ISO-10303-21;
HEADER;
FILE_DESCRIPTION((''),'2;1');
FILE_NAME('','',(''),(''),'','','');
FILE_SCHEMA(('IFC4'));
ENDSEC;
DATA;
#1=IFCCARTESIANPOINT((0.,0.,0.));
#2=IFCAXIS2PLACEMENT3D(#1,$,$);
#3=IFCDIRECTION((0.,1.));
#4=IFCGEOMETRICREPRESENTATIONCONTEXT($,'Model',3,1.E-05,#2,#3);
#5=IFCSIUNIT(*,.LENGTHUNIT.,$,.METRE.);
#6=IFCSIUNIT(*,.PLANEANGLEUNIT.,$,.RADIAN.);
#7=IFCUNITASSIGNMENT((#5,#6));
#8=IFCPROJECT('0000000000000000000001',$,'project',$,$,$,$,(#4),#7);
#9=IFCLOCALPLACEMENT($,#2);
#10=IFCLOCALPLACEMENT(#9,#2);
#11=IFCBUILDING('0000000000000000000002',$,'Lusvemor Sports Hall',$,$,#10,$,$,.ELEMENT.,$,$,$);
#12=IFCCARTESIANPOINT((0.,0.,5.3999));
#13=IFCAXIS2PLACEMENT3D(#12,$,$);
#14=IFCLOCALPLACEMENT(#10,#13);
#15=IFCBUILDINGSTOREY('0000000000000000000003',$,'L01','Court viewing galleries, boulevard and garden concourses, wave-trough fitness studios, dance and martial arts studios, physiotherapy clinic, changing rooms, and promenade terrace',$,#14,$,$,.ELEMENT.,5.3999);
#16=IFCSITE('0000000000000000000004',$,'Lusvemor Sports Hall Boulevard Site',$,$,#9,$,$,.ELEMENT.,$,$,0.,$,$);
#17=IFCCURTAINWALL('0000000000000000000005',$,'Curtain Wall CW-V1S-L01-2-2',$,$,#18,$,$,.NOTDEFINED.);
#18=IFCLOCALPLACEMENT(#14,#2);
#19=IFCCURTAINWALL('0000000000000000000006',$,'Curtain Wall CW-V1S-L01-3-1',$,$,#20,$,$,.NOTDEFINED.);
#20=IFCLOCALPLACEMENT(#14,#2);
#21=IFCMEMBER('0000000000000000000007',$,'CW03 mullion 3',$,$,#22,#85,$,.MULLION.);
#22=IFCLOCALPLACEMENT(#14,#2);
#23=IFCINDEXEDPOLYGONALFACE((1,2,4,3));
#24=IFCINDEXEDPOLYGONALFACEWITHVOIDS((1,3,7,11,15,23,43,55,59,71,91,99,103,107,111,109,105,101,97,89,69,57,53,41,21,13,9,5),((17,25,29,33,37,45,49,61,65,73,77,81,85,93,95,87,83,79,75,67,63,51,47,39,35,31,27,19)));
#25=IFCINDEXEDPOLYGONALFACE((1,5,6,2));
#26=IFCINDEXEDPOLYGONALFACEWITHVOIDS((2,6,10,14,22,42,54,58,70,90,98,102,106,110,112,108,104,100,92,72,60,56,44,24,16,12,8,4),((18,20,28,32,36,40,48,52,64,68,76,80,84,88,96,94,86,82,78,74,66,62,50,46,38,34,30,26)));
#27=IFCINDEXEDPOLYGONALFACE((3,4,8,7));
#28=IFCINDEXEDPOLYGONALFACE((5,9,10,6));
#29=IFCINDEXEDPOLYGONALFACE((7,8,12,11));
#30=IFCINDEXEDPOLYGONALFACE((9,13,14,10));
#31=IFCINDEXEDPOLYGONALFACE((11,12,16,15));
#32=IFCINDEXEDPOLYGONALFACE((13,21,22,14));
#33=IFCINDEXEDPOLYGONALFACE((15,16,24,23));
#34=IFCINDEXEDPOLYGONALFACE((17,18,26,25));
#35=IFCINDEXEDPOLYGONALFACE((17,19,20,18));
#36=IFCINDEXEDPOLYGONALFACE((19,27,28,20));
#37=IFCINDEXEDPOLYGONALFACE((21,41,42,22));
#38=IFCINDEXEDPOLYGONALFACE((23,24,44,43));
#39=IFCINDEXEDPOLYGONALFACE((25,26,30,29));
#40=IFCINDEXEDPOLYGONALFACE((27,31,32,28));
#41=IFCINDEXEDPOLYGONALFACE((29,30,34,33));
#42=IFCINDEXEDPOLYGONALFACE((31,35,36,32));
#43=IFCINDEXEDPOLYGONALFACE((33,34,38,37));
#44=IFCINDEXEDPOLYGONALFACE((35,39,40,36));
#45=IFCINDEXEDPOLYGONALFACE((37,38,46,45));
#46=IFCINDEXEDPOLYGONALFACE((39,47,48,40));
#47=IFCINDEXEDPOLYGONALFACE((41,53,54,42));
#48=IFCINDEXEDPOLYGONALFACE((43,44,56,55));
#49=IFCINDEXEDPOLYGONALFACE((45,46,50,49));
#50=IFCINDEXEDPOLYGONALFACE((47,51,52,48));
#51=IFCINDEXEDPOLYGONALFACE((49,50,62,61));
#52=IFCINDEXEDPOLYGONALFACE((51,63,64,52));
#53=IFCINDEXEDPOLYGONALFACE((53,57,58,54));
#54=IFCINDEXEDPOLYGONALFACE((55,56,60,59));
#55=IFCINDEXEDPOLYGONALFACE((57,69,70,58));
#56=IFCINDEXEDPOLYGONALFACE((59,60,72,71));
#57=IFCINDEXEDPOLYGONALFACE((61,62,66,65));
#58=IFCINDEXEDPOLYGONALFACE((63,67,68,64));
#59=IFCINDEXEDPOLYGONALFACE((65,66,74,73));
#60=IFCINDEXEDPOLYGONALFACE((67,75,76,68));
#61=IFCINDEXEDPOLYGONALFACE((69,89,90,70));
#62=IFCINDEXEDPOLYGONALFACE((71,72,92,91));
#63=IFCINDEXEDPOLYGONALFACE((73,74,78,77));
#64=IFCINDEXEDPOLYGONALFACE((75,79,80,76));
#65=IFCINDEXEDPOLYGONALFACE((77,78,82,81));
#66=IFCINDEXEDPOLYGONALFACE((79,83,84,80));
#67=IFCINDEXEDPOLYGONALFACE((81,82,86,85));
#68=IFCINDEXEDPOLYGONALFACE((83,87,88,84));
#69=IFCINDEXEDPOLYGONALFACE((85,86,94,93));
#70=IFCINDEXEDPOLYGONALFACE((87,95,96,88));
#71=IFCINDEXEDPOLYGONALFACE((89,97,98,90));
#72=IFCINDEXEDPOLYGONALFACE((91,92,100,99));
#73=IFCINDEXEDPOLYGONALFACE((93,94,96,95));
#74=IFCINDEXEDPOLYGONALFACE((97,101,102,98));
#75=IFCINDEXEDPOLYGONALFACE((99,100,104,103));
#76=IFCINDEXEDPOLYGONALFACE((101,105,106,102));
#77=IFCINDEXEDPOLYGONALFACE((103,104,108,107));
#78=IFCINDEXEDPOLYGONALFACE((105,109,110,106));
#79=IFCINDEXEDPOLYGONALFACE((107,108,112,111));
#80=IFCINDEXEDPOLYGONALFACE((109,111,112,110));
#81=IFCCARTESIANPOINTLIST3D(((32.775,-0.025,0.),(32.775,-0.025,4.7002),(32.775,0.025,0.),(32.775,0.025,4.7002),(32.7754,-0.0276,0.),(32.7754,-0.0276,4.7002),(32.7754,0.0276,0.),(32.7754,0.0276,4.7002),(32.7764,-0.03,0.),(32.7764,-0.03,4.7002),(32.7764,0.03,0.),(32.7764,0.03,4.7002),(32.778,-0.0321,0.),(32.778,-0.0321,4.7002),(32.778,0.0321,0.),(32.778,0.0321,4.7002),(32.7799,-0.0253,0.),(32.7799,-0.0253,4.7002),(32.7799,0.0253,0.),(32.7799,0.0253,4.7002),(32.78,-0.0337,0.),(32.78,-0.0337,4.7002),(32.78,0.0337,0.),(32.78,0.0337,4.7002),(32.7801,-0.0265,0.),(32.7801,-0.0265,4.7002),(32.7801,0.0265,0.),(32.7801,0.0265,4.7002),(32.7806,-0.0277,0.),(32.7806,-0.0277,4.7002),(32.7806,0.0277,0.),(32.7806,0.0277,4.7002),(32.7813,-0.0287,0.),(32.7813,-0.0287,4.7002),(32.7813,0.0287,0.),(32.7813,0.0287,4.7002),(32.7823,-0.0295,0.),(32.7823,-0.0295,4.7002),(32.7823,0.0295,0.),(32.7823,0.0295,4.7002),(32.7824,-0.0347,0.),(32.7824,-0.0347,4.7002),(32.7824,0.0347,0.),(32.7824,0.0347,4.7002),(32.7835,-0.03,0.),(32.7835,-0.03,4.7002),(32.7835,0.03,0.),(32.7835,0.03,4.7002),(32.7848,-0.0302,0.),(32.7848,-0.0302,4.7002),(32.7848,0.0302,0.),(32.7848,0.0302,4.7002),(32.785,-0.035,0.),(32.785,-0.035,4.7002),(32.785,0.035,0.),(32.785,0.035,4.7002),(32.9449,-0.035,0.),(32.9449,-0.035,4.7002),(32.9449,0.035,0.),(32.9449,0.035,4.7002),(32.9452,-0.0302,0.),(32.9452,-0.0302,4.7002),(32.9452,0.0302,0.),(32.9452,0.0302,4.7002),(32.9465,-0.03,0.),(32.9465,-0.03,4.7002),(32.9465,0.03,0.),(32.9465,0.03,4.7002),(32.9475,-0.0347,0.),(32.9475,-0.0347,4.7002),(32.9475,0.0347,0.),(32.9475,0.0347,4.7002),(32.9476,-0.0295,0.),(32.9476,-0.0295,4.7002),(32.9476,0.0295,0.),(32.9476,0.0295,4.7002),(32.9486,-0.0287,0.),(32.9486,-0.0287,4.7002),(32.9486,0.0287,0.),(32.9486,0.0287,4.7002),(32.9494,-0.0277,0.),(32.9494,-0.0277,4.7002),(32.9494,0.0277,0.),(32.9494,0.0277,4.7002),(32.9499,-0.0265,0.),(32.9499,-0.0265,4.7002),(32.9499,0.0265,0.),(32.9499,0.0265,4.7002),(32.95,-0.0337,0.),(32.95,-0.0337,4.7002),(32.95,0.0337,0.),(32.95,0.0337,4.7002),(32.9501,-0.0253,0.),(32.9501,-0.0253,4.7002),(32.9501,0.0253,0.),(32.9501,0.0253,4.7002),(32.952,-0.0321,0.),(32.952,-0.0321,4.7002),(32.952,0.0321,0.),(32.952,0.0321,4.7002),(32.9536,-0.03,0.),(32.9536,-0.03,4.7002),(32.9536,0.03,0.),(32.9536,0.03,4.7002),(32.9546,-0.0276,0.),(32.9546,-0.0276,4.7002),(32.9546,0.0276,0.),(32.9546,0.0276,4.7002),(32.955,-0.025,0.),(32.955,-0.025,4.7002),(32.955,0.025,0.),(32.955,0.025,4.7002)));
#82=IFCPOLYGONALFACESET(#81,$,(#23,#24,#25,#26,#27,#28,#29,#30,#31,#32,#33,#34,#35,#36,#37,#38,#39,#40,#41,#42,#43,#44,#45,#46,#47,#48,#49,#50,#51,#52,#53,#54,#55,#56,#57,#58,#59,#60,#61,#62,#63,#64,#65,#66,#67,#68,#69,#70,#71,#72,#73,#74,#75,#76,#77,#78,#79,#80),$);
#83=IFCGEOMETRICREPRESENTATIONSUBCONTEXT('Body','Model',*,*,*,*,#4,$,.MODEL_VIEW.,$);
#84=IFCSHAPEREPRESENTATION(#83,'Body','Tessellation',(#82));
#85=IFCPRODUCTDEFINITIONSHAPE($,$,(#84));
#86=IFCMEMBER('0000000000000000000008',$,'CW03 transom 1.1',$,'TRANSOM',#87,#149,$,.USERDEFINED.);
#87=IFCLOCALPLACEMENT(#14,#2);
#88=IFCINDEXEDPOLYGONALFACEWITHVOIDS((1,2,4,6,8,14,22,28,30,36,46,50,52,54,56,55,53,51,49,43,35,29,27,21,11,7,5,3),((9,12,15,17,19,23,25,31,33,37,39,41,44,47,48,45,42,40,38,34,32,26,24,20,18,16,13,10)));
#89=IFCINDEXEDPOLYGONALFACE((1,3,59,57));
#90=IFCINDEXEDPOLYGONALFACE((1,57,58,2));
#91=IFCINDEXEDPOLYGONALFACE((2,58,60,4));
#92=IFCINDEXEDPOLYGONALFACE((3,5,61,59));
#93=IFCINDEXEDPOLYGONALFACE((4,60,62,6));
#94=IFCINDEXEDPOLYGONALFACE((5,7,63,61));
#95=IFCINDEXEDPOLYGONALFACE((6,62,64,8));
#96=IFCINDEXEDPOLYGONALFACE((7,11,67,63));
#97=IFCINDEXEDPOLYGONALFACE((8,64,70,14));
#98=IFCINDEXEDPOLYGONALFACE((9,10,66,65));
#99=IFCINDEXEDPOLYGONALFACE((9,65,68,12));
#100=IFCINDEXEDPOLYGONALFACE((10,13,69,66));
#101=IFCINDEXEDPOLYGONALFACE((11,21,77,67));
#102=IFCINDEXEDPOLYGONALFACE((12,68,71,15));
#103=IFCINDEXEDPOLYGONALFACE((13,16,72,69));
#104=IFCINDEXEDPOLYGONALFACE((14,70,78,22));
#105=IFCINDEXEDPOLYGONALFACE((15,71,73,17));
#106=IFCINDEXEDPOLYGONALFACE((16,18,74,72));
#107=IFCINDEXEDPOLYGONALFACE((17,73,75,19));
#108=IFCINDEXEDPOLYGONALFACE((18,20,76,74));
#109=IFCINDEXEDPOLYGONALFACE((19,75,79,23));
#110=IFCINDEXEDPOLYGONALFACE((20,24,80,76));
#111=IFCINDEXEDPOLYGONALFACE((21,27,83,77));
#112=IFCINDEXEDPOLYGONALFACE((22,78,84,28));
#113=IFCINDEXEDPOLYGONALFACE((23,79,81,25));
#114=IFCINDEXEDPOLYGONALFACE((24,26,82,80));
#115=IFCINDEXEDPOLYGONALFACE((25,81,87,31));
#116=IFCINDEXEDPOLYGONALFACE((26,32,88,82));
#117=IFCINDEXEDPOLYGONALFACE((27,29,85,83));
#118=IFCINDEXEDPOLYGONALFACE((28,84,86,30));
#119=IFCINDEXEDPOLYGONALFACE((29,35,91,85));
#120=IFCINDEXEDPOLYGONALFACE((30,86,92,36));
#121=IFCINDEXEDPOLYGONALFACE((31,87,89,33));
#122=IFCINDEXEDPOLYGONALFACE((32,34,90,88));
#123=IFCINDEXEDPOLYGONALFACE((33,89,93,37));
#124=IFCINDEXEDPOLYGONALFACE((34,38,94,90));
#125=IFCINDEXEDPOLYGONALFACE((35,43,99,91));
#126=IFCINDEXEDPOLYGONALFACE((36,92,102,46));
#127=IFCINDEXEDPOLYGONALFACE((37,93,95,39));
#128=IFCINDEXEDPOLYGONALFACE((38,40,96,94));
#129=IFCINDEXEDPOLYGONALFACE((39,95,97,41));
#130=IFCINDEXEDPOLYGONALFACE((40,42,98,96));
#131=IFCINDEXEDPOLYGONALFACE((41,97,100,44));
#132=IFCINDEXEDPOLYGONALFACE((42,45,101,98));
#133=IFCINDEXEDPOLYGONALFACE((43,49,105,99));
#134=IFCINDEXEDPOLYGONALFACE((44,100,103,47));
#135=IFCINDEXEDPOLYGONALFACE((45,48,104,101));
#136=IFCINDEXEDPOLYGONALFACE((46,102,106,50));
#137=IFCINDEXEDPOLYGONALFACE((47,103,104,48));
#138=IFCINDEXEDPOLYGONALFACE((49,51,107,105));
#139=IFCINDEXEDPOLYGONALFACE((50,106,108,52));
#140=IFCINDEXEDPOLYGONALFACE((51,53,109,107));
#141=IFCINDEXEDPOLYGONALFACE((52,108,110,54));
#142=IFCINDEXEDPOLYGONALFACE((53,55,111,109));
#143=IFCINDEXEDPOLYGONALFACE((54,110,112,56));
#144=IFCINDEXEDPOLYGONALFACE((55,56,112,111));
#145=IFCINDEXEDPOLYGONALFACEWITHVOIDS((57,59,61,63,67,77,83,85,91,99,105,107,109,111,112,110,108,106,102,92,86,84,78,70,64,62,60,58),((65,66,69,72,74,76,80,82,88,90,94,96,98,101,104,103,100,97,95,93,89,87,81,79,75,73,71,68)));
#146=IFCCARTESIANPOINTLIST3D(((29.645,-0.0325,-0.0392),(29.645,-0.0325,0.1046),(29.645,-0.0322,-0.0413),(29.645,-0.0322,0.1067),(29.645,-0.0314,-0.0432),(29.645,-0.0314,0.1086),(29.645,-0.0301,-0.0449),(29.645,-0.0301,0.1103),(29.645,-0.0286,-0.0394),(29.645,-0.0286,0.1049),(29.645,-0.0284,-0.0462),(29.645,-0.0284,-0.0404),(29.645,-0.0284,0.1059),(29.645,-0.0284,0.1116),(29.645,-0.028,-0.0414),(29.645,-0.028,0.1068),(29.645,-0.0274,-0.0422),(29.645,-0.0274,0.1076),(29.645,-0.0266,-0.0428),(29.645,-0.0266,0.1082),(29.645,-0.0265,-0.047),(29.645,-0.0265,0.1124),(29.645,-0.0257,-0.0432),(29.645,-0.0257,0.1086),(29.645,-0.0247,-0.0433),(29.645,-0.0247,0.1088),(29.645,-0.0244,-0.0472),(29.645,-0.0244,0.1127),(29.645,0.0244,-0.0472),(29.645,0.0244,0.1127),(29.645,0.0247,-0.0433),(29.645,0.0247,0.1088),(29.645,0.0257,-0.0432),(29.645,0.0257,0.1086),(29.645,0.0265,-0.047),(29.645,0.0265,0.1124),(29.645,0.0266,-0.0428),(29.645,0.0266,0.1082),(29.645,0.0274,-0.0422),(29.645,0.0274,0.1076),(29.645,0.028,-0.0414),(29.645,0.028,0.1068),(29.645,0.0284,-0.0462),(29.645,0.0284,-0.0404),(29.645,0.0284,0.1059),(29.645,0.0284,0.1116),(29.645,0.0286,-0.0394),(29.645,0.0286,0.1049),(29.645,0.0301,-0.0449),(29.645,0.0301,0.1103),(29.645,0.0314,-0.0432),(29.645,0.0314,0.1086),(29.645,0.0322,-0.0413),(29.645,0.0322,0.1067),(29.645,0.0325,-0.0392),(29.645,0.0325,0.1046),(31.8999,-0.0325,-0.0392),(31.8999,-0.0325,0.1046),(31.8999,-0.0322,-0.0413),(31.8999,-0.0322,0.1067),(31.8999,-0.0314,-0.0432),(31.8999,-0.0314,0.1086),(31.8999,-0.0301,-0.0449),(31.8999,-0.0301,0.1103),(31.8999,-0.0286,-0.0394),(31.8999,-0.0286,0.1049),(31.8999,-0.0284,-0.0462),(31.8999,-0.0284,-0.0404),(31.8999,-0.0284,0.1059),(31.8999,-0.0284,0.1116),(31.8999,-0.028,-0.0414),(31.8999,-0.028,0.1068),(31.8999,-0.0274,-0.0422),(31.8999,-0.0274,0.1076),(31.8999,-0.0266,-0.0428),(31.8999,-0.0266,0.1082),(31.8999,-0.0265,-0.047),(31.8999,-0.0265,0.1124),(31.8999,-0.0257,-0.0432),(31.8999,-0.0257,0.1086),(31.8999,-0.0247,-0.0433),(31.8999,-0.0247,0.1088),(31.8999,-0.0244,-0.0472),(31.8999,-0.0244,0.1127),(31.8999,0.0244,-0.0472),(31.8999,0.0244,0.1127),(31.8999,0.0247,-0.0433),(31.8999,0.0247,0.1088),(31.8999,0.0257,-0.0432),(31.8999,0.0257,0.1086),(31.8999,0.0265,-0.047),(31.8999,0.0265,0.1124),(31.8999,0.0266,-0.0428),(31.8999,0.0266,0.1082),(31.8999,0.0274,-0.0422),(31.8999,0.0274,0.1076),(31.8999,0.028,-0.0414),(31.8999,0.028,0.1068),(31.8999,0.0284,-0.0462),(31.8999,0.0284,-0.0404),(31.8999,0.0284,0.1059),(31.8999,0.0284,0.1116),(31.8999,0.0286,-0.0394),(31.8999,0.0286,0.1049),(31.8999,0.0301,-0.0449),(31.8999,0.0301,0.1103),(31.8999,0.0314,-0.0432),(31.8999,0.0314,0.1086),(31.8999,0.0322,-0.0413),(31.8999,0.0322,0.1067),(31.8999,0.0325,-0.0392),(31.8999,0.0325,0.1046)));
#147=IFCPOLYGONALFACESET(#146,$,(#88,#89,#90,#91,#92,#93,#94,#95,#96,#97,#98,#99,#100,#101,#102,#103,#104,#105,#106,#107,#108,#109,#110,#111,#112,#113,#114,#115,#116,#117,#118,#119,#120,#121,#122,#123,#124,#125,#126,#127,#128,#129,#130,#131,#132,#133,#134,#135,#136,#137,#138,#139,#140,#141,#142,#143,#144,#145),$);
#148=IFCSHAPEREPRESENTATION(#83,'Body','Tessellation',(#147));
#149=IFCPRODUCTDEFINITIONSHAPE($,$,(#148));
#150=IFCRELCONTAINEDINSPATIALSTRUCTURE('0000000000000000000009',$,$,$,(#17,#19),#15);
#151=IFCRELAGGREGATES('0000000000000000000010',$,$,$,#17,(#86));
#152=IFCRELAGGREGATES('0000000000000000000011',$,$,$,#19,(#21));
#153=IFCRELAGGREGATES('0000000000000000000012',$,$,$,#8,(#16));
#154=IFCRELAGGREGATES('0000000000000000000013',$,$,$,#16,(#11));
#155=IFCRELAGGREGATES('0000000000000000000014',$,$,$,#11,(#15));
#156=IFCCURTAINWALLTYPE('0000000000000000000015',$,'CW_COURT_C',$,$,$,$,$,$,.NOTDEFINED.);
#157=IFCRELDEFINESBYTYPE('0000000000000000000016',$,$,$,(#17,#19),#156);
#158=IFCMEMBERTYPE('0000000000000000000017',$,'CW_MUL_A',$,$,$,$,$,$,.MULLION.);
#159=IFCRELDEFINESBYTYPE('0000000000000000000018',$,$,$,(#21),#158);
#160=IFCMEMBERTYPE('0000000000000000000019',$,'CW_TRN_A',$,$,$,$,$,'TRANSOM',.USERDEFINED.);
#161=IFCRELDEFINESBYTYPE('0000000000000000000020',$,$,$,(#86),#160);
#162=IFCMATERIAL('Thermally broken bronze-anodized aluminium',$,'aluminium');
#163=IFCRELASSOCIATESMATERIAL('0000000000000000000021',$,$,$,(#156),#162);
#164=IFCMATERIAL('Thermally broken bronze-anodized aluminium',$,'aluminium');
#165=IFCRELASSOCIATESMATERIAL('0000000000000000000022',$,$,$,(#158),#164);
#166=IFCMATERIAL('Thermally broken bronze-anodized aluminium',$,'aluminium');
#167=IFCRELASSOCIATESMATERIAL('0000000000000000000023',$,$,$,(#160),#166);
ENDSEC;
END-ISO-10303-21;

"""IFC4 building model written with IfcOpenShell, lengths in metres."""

from ifc_helpers import new_model, si_unit, direction, frame, origin, origin_2d, place, context, subcontext, project, spatial, hollow_rectangle, extrude, material, material_profile, profile_set, type_object, element, aggregate, save


model = new_model("IFC4")

# Units and contexts
model_context = context("Model", 3, precision=1e-05, world=origin(), true_north=direction((0.0, 1.0)))
body_context = subcontext(model_context, "Body", "Model", "MODEL_VIEW")
ifc_project = project(units=[si_unit("LENGTHUNIT", "METRE"), si_unit("PLANEANGLEUNIT", "RADIAN")], contexts=[model_context])

# Site, building, storey
site_placement = place(None, origin())
site = spatial("IfcSite", under=ifc_project, at=site_placement, Name="Lusvemor Sports Hall Boulevard Site", CompositionType="ELEMENT", RefElevation=0.0)
building_placement = place(site_placement, origin())
building = spatial("IfcBuilding", under=site, at=building_placement, Name="Lusvemor Sports Hall", CompositionType="ELEMENT")
storey_placement = place(building_placement, frame((0.0, 0.0, 5.3999)))
storey = spatial("IfcBuildingStorey", under=building, at=storey_placement, Name="L01", Description="Court viewing galleries, boulevard and garden concourses, wave-trough fitness studios, dance and martial arts studios, physiotherapy clinic, changing rooms, and promenade terrace", CompositionType="ELEMENT", Elevation=5.3999)

# Curtain wall
ifc_material_1 = material(Name="Thermally broken bronze-anodized aluminium", Category="aluminium")
curtain_wall_type = type_object("IfcCurtainWallType", Name="CW_COURT_C", PredefinedType="NOTDEFINED", material=ifc_material_1)
curtain_wall_1_placement = place(storey_placement, origin())
curtain_wall_1 = element("IfcCurtainWall", 1, at=curtain_wall_1_placement, inside=storey, type_object=curtain_wall_type, Name="Curtain Wall CW-V1S-L01-2-2", PredefinedType="NOTDEFINED")
ifc_material_2 = material(Name="Thermally broken bronze-anodized aluminium", Category="aluminium")
ifc_material_profile_1 = material_profile(ifc_material_2, hollow_rectangle(XDim=0.0701, YDim=0.1799, WallThickness=0.0049, InnerFilletRadius=0.0049, OuterFilletRadius=0.01, at=origin_2d()), Name="CWMUL180x70x5")
ifc_profile_set_1 = profile_set([ifc_material_profile_1], Name="Thermally broken bronze-anodized aluminium")
member_type_1 = type_object("IfcMemberType", Name="CW_MUL_A", PredefinedType="MULLION", material=ifc_profile_set_1)

# Curtain wall, member
curtain_wall_2_placement = place(storey_placement, origin())
curtain_wall_2 = element("IfcCurtainWall", 2, at=curtain_wall_2_placement, inside=storey, type_object=curtain_wall_type, Name="Curtain Wall CW-V1S-L01-3-1", PredefinedType="NOTDEFINED")
member_1_placement = place(storey_placement, frame((32.865, 0.0, 0.0), z_axis=(0.0, 0.0, 1.0), x_axis=(0.0, -1.0, 0.0)))
member_1 = element("IfcMember", 3, at=member_1_placement, type_object=member_type_1, Name="CW03 mullion 3", PredefinedType="MULLION", context=body_context, shape_type="SweptSolid", body=[
    extrude(hollow_rectangle(XDim=0.0701, YDim=0.1799, WallThickness=0.0049, InnerFilletRadius=0.0049, OuterFilletRadius=0.01, at=origin_2d()), origin(), (0.0, 0.0, 1.0), 4.7002),
])

# Member
ifc_material_3 = material(Name="Thermally broken bronze-anodized aluminium", Category="aluminium")
ifc_material_profile_2 = material_profile(ifc_material_3, hollow_rectangle(XDim=0.0649, YDim=0.1599, WallThickness=0.0039, InnerFilletRadius=0.0039, OuterFilletRadius=0.0081, at=origin_2d()), Name="CWTRN160x65x4")
ifc_profile_set_2 = profile_set([ifc_material_profile_2], Name="Thermally broken bronze-anodized aluminium")
member_type_2 = type_object("IfcMemberType", Name="CW_TRN_A", ElementType="TRANSOM", PredefinedType="USERDEFINED", material=ifc_profile_set_2)
member_2_placement = place(storey_placement, frame((31.8999, 0.0, 0.0327), z_axis=(-1.0, 0.0, 0.0), x_axis=(0.0, -1.0, 0.0)))
member_2 = element("IfcMember", 4, at=member_2_placement, type_object=member_type_2, Name="CW03 transom 1.1", ObjectType="TRANSOM", PredefinedType="USERDEFINED", context=body_context, shape_type="SweptSolid", body=[
    extrude(hollow_rectangle(XDim=0.0649, YDim=0.1599, WallThickness=0.0039, InnerFilletRadius=0.0039, OuterFilletRadius=0.0081, at=origin_2d()), origin(), (0.0, 0.0, 1.0), 2.2549),
])

aggregate(curtain_wall_1, [member_2])
aggregate(curtain_wall_2, [member_1])

save(model, "model.ifc")
